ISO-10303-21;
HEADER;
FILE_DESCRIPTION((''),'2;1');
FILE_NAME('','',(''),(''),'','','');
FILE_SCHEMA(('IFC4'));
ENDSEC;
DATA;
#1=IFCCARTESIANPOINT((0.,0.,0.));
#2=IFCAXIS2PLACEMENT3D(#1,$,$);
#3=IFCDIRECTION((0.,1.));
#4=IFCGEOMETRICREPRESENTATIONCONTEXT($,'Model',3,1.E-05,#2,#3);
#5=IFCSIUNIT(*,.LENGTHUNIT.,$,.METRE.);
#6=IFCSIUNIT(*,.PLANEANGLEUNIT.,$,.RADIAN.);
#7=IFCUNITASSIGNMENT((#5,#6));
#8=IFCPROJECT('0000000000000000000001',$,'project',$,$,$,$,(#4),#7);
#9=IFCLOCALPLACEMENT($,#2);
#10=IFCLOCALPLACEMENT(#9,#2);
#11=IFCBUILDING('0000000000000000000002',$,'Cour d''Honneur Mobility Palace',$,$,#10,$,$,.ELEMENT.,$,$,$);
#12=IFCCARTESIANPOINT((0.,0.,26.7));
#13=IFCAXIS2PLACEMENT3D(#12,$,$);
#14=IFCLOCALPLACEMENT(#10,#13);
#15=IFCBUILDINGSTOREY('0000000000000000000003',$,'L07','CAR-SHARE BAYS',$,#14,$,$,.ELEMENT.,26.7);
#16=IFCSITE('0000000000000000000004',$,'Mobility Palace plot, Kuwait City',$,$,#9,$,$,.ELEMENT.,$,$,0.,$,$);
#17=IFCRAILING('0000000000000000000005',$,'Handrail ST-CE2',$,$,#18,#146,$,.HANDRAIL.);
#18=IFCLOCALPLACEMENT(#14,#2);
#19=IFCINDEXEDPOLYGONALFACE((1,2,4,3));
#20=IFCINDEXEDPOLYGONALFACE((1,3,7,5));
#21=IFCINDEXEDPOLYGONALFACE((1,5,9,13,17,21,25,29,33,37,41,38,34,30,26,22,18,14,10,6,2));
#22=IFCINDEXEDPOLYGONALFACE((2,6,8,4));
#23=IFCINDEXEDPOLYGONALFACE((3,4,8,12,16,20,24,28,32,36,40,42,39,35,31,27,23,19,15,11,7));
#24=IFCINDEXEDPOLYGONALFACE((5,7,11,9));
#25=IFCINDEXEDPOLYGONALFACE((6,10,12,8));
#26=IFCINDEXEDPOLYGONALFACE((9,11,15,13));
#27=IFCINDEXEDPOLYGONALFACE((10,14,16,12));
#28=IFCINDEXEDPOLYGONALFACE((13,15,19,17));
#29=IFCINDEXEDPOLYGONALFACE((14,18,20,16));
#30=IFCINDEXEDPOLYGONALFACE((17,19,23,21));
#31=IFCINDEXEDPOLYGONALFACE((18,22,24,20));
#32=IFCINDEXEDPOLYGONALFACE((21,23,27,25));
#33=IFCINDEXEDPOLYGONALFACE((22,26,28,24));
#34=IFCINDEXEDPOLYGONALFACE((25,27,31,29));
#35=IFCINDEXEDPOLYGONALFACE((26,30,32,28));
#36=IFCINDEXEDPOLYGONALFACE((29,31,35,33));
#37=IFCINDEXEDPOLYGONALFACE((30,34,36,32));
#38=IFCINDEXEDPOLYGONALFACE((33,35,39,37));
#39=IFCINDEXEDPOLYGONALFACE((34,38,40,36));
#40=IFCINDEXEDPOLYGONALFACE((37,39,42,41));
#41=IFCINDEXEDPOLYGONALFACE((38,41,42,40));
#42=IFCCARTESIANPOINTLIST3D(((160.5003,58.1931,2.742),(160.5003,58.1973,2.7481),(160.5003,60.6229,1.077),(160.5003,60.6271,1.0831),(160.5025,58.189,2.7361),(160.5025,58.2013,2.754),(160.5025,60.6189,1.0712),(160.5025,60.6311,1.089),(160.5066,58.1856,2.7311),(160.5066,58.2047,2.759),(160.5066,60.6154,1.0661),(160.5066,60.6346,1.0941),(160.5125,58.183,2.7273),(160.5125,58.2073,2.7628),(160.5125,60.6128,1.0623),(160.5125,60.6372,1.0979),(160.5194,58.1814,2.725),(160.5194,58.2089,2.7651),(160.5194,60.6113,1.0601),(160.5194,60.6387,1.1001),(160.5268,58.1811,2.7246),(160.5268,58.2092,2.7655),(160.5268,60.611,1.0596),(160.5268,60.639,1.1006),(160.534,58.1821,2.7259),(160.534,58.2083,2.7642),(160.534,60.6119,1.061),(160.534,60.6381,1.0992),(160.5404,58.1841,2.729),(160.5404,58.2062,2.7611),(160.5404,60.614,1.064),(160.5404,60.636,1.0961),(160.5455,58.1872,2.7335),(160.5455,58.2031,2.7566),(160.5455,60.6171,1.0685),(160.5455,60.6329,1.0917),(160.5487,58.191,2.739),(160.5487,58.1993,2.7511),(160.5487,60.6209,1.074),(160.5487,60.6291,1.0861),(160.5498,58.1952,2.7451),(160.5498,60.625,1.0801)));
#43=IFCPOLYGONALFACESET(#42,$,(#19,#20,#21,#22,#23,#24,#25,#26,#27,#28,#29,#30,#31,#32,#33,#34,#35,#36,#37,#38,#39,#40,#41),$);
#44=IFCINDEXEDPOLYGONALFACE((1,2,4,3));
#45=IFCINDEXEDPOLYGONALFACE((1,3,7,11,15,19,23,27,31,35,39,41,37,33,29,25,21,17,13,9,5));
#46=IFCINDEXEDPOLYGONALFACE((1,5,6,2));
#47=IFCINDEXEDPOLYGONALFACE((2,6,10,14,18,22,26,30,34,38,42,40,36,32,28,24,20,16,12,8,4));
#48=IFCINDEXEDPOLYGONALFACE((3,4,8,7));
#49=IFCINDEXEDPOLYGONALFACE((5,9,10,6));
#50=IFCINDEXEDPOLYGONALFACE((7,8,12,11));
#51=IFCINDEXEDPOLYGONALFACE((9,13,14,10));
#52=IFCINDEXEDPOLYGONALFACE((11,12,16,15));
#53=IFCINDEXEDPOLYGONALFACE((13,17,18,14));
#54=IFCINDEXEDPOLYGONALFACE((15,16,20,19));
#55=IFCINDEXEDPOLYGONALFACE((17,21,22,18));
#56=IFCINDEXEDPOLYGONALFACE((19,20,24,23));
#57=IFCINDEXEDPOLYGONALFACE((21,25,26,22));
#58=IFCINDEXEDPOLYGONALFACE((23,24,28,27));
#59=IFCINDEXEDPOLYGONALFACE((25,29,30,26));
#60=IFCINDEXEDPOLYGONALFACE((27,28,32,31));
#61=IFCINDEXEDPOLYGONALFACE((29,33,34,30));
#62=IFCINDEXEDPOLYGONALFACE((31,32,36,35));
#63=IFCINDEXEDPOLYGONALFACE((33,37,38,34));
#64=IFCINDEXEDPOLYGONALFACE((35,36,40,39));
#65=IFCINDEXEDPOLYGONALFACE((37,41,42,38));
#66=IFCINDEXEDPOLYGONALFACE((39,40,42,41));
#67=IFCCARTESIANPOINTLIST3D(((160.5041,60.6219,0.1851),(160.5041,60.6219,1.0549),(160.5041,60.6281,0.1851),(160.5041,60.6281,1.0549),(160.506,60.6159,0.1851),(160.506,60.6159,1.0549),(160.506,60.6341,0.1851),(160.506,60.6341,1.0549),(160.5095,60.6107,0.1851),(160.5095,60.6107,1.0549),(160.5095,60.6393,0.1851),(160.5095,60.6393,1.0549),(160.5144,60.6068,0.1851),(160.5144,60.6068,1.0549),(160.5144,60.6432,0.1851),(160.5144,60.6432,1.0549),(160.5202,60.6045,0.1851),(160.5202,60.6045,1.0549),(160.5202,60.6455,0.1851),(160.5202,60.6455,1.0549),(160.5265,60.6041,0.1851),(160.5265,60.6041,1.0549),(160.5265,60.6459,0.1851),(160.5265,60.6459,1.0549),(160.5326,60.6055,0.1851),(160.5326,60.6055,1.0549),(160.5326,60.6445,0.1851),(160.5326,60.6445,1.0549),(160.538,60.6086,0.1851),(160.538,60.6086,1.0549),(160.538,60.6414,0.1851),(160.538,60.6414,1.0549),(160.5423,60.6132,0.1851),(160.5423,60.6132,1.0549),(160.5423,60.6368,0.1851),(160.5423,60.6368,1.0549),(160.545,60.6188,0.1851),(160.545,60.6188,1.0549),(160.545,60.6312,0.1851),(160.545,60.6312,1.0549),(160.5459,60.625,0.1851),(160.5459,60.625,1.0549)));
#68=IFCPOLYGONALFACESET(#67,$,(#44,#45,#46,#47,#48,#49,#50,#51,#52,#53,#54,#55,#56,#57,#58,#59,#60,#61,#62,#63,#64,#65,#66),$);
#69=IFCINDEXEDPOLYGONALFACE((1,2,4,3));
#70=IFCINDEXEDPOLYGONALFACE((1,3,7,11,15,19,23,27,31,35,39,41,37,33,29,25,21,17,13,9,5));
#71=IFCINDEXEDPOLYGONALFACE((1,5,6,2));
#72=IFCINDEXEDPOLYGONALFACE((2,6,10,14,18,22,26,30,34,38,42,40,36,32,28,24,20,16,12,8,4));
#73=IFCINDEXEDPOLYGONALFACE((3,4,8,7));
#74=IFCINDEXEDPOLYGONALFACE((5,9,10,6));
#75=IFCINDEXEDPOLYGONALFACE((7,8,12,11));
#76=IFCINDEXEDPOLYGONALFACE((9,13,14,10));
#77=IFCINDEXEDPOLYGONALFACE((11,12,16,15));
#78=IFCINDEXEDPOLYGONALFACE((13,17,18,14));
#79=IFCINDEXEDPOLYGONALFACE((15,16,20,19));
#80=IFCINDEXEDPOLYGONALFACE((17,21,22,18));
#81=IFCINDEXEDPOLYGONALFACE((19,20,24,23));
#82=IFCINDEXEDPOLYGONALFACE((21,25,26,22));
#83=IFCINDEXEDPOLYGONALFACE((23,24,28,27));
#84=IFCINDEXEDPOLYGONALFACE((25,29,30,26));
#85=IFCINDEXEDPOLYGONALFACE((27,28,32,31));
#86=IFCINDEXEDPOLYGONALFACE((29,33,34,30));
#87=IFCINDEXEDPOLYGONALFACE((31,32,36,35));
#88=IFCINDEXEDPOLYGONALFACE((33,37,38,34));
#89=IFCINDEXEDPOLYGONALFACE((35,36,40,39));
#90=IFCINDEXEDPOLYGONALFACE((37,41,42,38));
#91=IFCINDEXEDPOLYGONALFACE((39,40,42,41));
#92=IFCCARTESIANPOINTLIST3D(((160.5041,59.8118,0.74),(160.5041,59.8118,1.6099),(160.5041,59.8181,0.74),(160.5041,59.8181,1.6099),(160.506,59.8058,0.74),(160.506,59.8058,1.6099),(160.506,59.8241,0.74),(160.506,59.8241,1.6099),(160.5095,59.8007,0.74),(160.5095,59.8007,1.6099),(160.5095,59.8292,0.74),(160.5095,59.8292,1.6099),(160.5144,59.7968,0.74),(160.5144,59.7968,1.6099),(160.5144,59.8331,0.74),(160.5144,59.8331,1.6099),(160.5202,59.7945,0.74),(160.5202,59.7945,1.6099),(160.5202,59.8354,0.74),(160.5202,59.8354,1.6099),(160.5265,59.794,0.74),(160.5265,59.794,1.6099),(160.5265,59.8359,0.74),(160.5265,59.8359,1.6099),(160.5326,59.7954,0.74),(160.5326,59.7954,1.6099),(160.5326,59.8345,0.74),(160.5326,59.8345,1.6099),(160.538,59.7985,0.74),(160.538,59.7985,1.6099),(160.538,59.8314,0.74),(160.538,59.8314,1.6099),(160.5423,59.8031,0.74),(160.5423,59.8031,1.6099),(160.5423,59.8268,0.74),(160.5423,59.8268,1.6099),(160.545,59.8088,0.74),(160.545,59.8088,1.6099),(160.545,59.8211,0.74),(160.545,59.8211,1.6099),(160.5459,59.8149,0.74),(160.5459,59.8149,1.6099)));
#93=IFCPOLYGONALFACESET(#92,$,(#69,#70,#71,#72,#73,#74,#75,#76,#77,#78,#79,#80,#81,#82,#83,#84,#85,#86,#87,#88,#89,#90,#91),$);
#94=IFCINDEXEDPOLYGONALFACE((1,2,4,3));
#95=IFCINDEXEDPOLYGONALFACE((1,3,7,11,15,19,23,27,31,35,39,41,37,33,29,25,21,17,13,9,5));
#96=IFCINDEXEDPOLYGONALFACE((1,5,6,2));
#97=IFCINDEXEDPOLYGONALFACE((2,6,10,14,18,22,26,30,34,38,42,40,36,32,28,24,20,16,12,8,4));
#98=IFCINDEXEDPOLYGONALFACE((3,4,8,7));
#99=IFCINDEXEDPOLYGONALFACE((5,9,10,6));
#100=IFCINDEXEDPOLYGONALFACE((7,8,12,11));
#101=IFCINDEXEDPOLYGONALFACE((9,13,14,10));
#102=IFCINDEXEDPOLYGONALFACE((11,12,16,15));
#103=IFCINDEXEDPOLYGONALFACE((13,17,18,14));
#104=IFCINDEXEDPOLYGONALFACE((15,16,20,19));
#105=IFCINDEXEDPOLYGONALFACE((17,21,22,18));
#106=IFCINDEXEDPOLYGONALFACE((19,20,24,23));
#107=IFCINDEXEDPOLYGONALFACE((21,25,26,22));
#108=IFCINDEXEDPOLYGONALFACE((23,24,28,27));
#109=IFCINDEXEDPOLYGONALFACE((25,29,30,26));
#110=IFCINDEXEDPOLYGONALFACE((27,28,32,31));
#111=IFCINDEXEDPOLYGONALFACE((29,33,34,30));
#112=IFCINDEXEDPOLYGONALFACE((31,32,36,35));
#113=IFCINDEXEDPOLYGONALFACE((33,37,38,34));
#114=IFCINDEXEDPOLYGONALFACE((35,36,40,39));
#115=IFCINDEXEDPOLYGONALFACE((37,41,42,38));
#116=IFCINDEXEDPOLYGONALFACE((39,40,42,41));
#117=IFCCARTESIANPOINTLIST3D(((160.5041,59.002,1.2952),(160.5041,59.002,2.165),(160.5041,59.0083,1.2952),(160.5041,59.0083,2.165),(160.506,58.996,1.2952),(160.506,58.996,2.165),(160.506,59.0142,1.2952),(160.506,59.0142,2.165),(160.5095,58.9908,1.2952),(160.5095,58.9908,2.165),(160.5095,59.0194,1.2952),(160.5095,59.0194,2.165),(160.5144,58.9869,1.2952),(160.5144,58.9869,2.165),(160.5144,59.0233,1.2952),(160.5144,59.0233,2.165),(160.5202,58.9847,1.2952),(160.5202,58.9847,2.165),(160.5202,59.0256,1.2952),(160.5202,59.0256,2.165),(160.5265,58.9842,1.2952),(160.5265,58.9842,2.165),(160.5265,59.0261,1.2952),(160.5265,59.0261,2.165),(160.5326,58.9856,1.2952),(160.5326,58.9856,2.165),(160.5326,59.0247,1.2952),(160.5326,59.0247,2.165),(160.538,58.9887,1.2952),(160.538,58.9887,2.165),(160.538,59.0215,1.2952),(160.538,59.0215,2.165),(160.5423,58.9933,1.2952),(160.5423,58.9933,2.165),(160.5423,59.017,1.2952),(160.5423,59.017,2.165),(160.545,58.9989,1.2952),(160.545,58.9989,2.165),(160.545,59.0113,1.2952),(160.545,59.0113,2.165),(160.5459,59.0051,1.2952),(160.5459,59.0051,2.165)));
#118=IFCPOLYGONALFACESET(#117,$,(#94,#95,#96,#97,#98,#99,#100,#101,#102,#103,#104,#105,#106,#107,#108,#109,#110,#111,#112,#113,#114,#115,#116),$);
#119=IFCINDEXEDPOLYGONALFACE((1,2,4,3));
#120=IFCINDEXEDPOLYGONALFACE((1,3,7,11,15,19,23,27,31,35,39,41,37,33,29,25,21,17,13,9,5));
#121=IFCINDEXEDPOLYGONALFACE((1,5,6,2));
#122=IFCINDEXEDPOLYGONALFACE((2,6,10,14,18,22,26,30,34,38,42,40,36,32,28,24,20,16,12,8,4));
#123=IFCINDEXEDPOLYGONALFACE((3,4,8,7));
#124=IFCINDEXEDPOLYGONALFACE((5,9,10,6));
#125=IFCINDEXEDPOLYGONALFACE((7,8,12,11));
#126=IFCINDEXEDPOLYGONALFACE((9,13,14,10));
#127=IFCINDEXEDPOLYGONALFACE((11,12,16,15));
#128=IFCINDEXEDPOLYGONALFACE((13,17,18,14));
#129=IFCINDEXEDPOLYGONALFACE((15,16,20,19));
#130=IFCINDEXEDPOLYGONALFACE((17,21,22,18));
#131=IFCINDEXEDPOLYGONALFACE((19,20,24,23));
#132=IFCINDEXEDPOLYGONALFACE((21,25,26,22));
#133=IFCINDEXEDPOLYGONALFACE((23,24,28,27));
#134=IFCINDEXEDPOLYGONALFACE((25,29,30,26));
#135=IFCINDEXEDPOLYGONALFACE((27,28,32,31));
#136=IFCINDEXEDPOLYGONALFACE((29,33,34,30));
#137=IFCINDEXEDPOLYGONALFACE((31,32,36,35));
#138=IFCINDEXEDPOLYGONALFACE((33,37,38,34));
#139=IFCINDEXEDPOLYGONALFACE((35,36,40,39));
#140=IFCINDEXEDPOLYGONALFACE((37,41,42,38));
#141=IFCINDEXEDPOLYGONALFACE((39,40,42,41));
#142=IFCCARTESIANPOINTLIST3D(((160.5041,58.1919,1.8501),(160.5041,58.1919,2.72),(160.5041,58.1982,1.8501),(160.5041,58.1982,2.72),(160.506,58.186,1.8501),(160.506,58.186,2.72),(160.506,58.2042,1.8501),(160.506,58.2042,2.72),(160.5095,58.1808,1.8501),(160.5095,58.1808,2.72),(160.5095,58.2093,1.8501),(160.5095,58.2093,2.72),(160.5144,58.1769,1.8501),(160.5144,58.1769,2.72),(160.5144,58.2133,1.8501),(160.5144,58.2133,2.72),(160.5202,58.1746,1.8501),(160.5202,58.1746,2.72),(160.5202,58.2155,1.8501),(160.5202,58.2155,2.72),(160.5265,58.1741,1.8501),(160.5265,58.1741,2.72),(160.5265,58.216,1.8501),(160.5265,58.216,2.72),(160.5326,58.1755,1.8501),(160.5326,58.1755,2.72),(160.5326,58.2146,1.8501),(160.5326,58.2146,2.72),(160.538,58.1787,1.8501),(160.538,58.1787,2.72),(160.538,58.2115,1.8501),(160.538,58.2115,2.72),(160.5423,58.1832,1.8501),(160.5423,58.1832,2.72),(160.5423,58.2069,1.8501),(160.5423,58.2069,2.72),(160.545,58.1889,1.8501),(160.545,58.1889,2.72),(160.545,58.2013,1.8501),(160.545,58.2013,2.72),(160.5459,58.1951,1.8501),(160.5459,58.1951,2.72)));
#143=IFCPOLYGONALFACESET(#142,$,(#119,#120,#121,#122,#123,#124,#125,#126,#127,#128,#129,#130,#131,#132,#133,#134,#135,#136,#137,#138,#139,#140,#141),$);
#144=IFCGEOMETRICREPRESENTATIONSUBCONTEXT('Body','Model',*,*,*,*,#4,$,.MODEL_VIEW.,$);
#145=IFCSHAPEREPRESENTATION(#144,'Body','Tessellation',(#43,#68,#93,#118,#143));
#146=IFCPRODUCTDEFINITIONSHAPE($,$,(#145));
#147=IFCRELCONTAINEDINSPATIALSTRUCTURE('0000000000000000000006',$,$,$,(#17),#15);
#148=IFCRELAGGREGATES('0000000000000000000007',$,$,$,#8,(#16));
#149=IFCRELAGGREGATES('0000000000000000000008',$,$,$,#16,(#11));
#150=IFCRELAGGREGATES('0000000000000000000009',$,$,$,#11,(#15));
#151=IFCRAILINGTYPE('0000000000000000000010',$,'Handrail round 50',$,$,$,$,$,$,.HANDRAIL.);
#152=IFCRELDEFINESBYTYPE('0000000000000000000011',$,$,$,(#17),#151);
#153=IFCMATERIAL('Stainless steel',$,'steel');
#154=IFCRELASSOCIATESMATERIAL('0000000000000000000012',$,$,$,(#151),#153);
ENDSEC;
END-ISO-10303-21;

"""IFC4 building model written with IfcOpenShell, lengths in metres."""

from ifc_helpers import new_model, si_unit, direction, frame, origin, origin_2d, place, context, subcontext, project, spatial, circle, extrude, material, type_object, element, save


model = new_model("IFC4")

# Units and contexts
model_context = context("Model", 3, precision=1e-05, world=origin(), true_north=direction((0.0, 1.0)))
body_context = subcontext(model_context, "Body", "Model", "MODEL_VIEW")
ifc_project = project(units=[si_unit("LENGTHUNIT", "METRE"), si_unit("PLANEANGLEUNIT", "RADIAN")], contexts=[model_context])

# Site, building, storey
site_placement = place(None, origin())
site = spatial("IfcSite", under=ifc_project, at=site_placement, Name="Mobility Palace plot, Kuwait City", CompositionType="ELEMENT", RefElevation=0.0)
building_placement = place(site_placement, origin())
building = spatial("IfcBuilding", under=site, at=building_placement, Name="Cour d'Honneur Mobility Palace", CompositionType="ELEMENT")
storey_placement = place(building_placement, frame((0.0, 0.0, 26.7)))
storey = spatial("IfcBuildingStorey", under=building, at=storey_placement, Name="L07", Description="CAR-SHARE BAYS", CompositionType="ELEMENT", Elevation=26.7)

# Railing
ifc_material_1 = material(Name="Stainless steel", Category="steel")
railing_type_1 = type_object("IfcRailingType", Name="Handrail round 50", PredefinedType="HANDRAIL", material=ifc_material_1)
railing_1_placement = place(storey_placement, frame((160.5249, 60.625, 0.1851)))
element("IfcRailing", 1, at=railing_1_placement, inside=storey, type_object=railing_type_1, Name="Handrail ST-CE2", PredefinedType="HANDRAIL", context=body_context, shape_type="SweptSolid", body=[
    extrude(circle(Radius=0.0249, at=origin_2d()), frame((0.0, 0.0, 0.895), z_axis=(0.0, -0.824919, 0.565251), x_axis=(1.0, 0.0, 0.0)), (0.0, 0.0, 1.0), 2.9456),
    extrude(circle(Radius=0.021, at=origin_2d()), origin(), (0.0, 0.0, 1.0), 0.8699),
    extrude(circle(Radius=0.021, at=origin_2d()), frame((0.0, -0.8101, 0.5549)), (0.0, 0.0, 1.0), 0.8699),
    extrude(circle(Radius=0.021, at=origin_2d()), frame((0.0, -1.6199, 1.1101)), (0.0, 0.0, 1.0), 0.8699),
    extrude(circle(Radius=0.021, at=origin_2d()), frame((0.0, -2.4299, 1.665)), (0.0, 0.0, 1.0), 0.8699),
])

save(model, "model.ifc")
